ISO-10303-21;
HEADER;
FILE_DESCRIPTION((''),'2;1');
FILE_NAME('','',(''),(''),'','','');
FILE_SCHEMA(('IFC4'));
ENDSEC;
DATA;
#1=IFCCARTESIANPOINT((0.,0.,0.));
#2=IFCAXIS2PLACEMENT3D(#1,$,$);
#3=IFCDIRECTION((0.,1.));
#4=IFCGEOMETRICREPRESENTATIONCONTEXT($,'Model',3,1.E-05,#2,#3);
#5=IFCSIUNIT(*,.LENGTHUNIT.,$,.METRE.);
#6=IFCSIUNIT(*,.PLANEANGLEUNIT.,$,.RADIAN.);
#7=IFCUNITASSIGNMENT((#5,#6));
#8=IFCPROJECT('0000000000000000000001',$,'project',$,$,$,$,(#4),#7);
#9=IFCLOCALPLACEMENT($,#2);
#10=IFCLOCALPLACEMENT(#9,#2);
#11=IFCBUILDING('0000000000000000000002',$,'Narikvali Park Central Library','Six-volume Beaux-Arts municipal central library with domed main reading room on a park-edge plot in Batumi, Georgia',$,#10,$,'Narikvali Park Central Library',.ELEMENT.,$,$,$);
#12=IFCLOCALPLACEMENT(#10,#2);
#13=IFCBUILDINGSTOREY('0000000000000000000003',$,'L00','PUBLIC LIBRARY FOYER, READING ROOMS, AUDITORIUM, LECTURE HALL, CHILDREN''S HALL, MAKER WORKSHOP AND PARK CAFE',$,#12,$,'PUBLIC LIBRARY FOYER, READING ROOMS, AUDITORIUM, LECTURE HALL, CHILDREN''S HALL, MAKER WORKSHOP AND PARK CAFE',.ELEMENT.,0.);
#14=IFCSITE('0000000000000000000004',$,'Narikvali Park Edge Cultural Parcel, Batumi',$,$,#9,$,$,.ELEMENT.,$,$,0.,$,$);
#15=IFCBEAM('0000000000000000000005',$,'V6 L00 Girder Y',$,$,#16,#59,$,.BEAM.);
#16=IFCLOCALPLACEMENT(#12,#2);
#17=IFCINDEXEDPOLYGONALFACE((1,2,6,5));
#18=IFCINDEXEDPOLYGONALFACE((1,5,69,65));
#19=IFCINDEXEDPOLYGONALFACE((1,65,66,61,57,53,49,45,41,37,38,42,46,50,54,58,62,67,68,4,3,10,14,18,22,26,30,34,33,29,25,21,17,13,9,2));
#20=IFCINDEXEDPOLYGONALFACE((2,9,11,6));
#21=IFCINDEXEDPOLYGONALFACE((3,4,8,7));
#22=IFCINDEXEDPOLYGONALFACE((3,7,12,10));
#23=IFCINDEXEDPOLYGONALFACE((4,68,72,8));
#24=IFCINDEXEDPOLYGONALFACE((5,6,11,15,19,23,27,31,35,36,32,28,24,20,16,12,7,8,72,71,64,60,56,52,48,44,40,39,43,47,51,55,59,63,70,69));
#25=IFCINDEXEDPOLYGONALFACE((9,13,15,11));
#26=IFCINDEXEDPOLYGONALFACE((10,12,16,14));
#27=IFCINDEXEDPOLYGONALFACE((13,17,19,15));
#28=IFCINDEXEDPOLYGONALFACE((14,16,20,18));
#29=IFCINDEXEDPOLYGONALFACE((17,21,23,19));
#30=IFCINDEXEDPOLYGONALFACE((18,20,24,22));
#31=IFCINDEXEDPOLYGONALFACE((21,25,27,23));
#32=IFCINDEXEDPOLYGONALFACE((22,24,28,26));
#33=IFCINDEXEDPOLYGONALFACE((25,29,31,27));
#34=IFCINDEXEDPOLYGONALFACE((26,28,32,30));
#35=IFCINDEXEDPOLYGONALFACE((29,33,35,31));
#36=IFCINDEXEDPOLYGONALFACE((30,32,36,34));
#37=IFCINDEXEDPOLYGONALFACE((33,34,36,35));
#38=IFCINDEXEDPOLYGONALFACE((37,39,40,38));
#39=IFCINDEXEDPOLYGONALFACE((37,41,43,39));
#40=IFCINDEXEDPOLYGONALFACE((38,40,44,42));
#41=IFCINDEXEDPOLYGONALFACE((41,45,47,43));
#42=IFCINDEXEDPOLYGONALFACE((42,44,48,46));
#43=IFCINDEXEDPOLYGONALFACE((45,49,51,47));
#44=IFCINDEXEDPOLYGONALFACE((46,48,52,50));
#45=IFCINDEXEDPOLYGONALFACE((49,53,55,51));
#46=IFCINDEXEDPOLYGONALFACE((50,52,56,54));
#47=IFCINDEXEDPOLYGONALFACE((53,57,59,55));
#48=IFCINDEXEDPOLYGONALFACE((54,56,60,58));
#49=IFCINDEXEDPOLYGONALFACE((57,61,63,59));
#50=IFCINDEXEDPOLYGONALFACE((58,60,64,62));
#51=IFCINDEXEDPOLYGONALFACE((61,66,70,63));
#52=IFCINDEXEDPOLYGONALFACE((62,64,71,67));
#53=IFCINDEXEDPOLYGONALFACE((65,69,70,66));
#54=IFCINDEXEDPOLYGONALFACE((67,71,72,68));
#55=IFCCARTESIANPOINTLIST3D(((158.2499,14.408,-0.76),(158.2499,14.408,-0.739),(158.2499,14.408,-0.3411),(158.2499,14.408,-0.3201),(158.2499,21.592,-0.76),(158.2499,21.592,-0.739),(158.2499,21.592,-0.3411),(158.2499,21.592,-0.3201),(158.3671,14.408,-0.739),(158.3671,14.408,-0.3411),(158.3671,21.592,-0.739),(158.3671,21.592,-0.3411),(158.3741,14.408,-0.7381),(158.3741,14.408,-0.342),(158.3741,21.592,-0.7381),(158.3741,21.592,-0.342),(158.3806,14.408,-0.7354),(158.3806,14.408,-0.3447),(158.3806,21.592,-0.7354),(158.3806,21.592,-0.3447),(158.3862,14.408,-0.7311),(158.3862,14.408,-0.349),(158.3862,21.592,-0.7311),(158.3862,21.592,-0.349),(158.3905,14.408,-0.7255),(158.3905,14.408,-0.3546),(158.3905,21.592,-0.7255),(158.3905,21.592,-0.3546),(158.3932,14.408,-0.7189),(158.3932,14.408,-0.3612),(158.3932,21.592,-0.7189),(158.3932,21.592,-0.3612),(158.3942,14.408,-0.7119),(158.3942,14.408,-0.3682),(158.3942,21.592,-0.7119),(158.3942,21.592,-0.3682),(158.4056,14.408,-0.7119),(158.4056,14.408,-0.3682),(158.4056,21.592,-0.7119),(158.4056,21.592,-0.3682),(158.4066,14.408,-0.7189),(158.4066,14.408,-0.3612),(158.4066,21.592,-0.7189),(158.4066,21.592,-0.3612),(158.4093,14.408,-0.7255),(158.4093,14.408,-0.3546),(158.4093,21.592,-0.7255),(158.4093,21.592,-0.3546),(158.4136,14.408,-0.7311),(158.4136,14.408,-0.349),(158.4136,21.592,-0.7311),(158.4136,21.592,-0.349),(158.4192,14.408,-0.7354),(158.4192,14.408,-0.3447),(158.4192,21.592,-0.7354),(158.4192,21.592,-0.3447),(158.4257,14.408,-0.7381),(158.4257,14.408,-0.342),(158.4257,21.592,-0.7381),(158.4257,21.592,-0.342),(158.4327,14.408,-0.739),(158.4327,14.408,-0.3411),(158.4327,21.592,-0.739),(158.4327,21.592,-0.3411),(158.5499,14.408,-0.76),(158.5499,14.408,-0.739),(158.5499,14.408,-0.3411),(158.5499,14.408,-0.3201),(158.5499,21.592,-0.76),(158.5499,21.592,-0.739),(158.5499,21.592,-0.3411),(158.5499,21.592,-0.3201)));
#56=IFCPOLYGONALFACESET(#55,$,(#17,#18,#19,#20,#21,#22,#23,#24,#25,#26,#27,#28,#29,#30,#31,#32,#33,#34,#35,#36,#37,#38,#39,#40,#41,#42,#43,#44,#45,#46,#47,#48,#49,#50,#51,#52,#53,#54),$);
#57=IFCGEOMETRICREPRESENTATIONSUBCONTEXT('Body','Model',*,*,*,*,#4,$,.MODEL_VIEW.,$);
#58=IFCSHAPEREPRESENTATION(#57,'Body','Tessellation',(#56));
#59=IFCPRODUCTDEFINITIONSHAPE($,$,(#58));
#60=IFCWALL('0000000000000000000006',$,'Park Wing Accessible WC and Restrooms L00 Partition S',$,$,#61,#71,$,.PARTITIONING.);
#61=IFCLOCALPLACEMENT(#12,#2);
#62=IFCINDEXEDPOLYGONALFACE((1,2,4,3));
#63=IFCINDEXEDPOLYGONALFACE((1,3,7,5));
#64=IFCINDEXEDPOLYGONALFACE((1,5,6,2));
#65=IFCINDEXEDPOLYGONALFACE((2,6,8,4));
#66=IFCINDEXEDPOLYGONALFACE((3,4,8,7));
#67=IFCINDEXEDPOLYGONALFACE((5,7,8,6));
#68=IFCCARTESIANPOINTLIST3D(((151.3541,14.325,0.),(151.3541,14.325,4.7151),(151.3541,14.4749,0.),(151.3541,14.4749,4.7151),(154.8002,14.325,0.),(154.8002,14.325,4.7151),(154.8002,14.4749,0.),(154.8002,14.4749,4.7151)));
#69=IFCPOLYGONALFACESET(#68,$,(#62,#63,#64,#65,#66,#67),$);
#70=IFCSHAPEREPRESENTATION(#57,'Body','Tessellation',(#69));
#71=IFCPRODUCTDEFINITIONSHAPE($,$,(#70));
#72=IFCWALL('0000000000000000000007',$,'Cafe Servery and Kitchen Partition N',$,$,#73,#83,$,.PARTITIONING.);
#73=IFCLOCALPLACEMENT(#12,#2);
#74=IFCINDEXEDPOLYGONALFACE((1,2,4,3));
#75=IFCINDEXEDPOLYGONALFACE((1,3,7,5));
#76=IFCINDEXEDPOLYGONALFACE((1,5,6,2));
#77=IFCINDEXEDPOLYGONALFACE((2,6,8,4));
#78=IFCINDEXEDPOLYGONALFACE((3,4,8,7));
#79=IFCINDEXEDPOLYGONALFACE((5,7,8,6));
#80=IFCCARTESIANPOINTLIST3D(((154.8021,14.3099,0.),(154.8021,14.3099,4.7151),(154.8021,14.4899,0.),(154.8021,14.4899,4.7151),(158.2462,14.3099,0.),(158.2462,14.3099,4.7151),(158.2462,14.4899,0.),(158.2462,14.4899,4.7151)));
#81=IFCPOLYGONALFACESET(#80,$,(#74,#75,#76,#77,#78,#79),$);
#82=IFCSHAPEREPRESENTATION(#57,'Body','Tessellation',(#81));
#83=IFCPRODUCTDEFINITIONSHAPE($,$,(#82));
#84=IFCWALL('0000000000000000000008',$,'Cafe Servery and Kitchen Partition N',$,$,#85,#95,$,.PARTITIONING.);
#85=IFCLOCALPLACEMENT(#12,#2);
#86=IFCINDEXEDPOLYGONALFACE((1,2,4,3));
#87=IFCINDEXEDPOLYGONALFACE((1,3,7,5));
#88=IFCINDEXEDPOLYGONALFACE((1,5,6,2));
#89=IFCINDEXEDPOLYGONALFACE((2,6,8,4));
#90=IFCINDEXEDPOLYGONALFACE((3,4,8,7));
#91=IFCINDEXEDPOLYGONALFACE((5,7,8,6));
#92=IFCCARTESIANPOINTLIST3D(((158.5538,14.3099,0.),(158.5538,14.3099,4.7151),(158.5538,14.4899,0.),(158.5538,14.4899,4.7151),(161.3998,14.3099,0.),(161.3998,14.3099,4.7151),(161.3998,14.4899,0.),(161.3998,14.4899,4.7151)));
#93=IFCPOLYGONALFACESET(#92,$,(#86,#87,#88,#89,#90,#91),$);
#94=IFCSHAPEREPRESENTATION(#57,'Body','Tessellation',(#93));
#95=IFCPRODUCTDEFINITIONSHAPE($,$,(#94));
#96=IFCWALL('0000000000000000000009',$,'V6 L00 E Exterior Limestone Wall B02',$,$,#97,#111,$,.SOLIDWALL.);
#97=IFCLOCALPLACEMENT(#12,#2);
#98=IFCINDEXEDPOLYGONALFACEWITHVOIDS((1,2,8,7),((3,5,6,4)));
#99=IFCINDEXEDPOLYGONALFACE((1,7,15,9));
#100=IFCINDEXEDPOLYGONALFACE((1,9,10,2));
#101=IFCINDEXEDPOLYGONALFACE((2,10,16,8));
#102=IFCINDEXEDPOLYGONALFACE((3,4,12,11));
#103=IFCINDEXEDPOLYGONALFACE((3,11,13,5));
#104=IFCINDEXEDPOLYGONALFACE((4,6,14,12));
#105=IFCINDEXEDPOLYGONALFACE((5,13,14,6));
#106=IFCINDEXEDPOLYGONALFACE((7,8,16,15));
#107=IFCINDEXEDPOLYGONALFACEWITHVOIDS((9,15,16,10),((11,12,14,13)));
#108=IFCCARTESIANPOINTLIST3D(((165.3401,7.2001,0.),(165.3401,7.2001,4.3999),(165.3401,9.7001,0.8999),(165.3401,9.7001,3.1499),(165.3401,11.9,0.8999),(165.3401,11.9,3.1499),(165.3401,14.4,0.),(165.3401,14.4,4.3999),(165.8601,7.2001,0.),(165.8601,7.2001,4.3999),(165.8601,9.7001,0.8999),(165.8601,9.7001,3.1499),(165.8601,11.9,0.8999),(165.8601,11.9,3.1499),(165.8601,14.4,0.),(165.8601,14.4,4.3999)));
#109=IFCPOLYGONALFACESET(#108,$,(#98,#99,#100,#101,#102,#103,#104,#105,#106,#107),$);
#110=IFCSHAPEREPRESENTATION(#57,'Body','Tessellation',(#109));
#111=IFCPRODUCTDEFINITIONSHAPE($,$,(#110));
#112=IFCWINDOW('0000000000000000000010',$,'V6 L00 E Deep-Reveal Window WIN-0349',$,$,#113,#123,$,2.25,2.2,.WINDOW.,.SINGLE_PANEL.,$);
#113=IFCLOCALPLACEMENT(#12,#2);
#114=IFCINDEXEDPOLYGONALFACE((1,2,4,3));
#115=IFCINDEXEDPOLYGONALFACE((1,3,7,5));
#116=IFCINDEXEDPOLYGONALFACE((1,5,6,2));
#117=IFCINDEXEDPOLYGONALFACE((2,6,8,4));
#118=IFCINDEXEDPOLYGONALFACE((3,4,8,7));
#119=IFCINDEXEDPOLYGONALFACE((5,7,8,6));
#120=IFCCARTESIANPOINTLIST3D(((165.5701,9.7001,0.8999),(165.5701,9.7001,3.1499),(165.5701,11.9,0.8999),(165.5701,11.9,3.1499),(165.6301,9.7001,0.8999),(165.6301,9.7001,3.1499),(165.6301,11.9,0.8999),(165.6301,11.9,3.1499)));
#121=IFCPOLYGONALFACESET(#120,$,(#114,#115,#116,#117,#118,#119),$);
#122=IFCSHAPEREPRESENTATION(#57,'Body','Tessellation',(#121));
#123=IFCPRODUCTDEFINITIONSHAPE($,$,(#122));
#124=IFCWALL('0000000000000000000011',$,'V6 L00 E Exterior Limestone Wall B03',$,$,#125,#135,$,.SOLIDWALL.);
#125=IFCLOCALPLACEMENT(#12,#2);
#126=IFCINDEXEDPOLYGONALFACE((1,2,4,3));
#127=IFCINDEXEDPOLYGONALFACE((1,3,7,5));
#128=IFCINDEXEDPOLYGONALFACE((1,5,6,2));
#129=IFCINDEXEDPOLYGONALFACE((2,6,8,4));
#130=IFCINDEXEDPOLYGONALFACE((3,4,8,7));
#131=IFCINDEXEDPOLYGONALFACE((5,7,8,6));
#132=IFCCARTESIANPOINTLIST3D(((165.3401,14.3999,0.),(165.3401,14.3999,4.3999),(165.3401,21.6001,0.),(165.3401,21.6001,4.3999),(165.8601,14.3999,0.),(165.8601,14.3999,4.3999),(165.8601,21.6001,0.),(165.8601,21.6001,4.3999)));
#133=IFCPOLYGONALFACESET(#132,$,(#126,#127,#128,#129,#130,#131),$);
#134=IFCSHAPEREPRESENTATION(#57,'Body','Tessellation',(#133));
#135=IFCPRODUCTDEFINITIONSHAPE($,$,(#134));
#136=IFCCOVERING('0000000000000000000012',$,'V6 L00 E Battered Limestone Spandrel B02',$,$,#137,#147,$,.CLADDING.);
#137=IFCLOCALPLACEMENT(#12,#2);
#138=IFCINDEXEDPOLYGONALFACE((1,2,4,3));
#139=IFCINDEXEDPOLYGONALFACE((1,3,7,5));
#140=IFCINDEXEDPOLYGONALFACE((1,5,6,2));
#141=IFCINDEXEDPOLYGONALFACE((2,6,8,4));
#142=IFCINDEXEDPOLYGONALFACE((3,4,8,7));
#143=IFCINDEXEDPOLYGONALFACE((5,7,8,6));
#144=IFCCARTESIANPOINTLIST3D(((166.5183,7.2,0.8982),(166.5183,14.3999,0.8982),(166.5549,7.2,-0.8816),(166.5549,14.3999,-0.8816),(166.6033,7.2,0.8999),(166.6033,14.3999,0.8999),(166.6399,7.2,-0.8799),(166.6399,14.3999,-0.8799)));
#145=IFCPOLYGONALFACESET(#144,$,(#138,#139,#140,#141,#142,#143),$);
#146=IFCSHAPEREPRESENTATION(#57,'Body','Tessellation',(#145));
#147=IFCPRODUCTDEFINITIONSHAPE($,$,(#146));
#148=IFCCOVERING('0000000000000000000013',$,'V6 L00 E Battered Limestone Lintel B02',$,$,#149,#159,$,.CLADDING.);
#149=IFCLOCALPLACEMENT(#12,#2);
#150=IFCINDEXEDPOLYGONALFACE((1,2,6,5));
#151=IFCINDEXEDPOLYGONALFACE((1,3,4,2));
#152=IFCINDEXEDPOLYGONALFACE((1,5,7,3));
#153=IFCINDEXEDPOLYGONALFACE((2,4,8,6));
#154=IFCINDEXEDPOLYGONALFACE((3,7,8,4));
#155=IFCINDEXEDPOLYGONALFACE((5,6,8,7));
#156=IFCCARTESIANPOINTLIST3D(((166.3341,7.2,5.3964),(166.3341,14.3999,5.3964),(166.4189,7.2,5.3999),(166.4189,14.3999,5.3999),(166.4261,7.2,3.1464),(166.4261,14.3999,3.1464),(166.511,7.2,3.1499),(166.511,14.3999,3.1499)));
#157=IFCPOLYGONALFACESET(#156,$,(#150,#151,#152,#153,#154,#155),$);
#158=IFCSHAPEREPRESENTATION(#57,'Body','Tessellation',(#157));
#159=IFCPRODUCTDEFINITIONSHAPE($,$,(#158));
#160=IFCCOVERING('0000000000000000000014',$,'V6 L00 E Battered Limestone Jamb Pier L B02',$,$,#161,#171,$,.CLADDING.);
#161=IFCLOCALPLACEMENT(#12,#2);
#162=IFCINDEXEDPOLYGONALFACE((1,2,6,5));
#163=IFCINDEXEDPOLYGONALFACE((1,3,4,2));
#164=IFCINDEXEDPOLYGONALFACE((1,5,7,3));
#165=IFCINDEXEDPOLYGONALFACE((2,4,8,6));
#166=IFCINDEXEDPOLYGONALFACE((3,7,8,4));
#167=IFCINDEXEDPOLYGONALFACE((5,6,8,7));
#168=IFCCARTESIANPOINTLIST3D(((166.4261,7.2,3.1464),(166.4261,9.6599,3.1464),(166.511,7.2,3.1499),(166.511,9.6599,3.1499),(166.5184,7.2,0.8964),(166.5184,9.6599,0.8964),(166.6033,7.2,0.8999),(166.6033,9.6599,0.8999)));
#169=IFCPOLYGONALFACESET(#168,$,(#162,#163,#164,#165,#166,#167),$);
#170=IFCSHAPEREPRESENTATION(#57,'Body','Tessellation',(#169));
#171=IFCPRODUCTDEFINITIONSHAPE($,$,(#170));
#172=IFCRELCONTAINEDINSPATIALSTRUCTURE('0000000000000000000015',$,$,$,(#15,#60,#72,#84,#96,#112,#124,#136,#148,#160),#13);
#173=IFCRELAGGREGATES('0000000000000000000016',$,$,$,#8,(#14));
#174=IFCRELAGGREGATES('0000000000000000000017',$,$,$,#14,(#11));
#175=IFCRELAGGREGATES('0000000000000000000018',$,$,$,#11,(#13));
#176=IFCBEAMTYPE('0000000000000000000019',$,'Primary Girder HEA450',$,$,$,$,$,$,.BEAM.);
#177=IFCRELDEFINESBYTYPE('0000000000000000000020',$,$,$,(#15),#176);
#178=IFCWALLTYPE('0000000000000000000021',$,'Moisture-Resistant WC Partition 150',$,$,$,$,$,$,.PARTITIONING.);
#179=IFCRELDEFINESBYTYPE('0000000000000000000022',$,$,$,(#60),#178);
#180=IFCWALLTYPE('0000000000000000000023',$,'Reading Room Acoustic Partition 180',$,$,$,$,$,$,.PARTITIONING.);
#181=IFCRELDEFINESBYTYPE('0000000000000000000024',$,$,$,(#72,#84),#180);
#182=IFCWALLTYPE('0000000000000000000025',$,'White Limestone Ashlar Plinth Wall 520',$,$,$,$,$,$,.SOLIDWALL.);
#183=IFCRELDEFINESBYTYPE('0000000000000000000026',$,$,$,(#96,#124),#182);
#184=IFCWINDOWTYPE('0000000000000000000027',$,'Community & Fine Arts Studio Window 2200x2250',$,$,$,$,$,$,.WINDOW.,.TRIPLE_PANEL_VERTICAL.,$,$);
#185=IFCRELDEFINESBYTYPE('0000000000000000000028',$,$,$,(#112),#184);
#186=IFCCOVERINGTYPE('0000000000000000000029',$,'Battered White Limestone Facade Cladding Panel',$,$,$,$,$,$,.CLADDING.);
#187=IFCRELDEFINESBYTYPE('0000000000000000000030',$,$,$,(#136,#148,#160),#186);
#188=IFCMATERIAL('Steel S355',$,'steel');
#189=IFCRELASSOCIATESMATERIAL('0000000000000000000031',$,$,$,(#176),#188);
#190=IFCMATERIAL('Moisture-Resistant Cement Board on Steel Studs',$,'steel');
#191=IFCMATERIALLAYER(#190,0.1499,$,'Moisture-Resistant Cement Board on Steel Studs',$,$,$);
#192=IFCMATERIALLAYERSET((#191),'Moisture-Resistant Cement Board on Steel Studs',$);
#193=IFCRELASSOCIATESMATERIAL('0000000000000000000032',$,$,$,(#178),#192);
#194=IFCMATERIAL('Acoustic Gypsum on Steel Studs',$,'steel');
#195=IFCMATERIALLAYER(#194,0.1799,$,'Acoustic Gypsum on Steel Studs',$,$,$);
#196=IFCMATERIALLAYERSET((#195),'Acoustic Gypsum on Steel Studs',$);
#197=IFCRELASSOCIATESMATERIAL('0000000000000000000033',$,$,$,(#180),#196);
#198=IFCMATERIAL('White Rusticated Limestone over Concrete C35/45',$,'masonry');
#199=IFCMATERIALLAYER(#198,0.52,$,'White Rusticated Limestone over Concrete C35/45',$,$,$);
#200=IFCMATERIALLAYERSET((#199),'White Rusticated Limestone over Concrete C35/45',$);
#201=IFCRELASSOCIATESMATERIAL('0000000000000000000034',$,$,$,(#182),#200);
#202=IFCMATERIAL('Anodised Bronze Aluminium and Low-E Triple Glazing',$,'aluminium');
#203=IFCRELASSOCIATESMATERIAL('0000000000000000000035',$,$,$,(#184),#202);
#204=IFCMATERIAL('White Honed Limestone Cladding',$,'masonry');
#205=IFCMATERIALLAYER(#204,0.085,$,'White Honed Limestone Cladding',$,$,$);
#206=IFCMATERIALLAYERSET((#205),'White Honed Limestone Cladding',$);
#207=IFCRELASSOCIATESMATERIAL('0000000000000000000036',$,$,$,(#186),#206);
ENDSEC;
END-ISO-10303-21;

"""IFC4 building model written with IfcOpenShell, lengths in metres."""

from ifc_helpers import new_model, si_unit, direction, frame, frame_2d, origin, origin_2d, place, context, subcontext, project, spatial, polyline, rectangle, i_section, outline, extrude, material, layer, layer_set, material_profile, profile_set, type_object, element, fill, save


model = new_model("IFC4")

# Units and contexts
model_context = context("Model", 3, precision=1e-05, world=origin(), true_north=direction((0.0, 1.0)))
body_context = subcontext(model_context, "Body", "Model", "MODEL_VIEW")
ifc_project = project(units=[si_unit("LENGTHUNIT", "METRE"), si_unit("PLANEANGLEUNIT", "RADIAN")], contexts=[model_context])

# Site, building, storey
site_placement = place(None, origin())
site = spatial("IfcSite", under=ifc_project, at=site_placement, Name="Narikvali Park Edge Cultural Parcel, Batumi", CompositionType="ELEMENT", RefElevation=0.0)
building_placement = place(site_placement, origin())
building = spatial("IfcBuilding", under=site, at=building_placement, Name="Narikvali Park Central Library", Description="Six-volume Beaux-Arts municipal central library with domed main reading room on a park-edge plot in Batumi, Georgia", LongName="Narikvali Park Central Library", CompositionType="ELEMENT")
storey_placement = place(building_placement, origin())
storey = spatial("IfcBuildingStorey", under=building, at=storey_placement, Name="L00", Description="PUBLIC LIBRARY FOYER, READING ROOMS, AUDITORIUM, LECTURE HALL, CHILDREN'S HALL, MAKER WORKSHOP AND PARK CAFE", LongName="PUBLIC LIBRARY FOYER, READING ROOMS, AUDITORIUM, LECTURE HALL, CHILDREN'S HALL, MAKER WORKSHOP AND PARK CAFE", CompositionType="ELEMENT", Elevation=0.0)

# Shared definitions
ifc_material_1 = material(Name="Steel S355", Category="steel")

# Beam
ifc_material_profile_1 = material_profile(ifc_material_1, i_section(OverallWidth=0.3, OverallDepth=0.4399, WebThickness=0.0115, FlangeThickness=0.021, FilletRadius=0.0271, at=origin_2d()), Name="HEA 450")
ifc_profile_set_1 = profile_set([ifc_material_profile_1], Name="Steel S355")
beam_type_1 = type_object("IfcBeamType", Name="Primary Girder HEA450", PredefinedType="BEAM", material=ifc_profile_set_1)
for number, where, z_axis, x_axis, name in (
    (1, (158.3999, 14.408, -0.54), (0.0, 1.0, 0.0), (-1.0, 0.0, 0.0), "V6 L00 Girder Y"),
):
    element("IfcBeam", number, at=place(storey_placement, frame(where, z_axis=z_axis, x_axis=x_axis)), inside=storey, type_object=beam_type_1, Name=name, PredefinedType="BEAM", context=body_context, shape_type="SweptSolid", body=[
        extrude(i_section(OverallWidth=0.3, OverallDepth=0.4399, WebThickness=0.0115, FlangeThickness=0.021, FilletRadius=0.0271, at=origin_2d()), origin(), (0.0, 0.0, 1.0), 7.1841),
    ])

# Walls
ifc_material_2 = material(Name="Moisture-Resistant Cement Board on Steel Studs", Category="steel")
ifc_layer_1 = layer(ifc_material_2, 0.1499, Name="Moisture-Resistant Cement Board on Steel Studs")
ifc_layer_set_1 = layer_set([ifc_layer_1], Name="Moisture-Resistant Cement Board on Steel Studs")
wall_type_1 = type_object("IfcWallType", Name="Moisture-Resistant WC Partition 150", PredefinedType="PARTITIONING", material=ifc_layer_set_1)
wall_1_placement = place(storey_placement, frame((151.354, 14.3999, 0.0), z_axis=(0.0, 0.0, 1.0), x_axis=(1.0, 0.0, 0.0)))
element("IfcWall", 2, at=wall_1_placement, inside=storey, type_object=wall_type_1, Name="Park Wing Accessible WC and Restrooms L00 Partition S", PredefinedType="PARTITIONING", context=body_context, shape_type="SweptSolid", body=[
    extrude(rectangle(XDim=3.446, YDim=0.1499, at=frame_2d((1.7231, 0.0))), origin(), (0.0, 0.0, 1.0), 4.7151),
])
ifc_material_3 = material(Name="Acoustic Gypsum on Steel Studs", Category="steel")
ifc_layer_2 = layer(ifc_material_3, 0.1799, Name="Acoustic Gypsum on Steel Studs")
ifc_layer_set_2 = layer_set([ifc_layer_2], Name="Acoustic Gypsum on Steel Studs")
wall_type_2 = type_object("IfcWallType", Name="Reading Room Acoustic Partition 180", PredefinedType="PARTITIONING", material=ifc_layer_set_2)
wall_2_placement = place(storey_placement, frame((154.802, 14.3999, 0.0), z_axis=(0.0, 0.0, 1.0), x_axis=(1.0, 0.0, 0.0)))
element("IfcWall", 3, at=wall_2_placement, inside=storey, type_object=wall_type_2, Name="Cafe Servery and Kitchen Partition N", PredefinedType="PARTITIONING", context=body_context, shape_type="SweptSolid", body=[
    extrude(rectangle(XDim=3.4441, YDim=0.1799, at=frame_2d((1.7222, 0.0))), origin(), (0.0, 0.0, 1.0), 4.7151),
])
wall_3_placement = place(storey_placement, frame((158.554, 14.3999, 0.0), z_axis=(0.0, 0.0, 1.0), x_axis=(1.0, 0.0, 0.0)))
element("IfcWall", 4, at=wall_3_placement, inside=storey, type_object=wall_type_2, Name="Cafe Servery and Kitchen Partition N", PredefinedType="PARTITIONING", context=body_context, shape_type="SweptSolid", body=[
    extrude(rectangle(XDim=2.8459, YDim=0.1799, at=frame_2d((1.4229, 0.0))), origin(), (0.0, 0.0, 1.0), 4.7151),
])

# Wall, opening, window
ifc_material_4 = material(Name="White Rusticated Limestone over Concrete C35/45", Category="masonry")
ifc_layer_3 = layer(ifc_material_4, 0.52, Name="White Rusticated Limestone over Concrete C35/45")
ifc_layer_set_3 = layer_set([ifc_layer_3], Name="White Rusticated Limestone over Concrete C35/45")
wall_type_3 = type_object("IfcWallType", Name="White Limestone Ashlar Plinth Wall 520", PredefinedType="SOLIDWALL", material=ifc_layer_set_3)
wall_4_placement = place(storey_placement, frame((165.6001, 7.2, 0.0), z_axis=(0.0, 0.0, 1.0), x_axis=(0.0, 1.0, 0.0)))
wall_4 = element("IfcWall", 5, at=wall_4_placement, inside=storey, type_object=wall_type_3, Name="V6 L00 E Exterior Limestone Wall B02", PredefinedType="SOLIDWALL", context=body_context, shape_type="SweptSolid", body=[
    extrude(rectangle(XDim=7.2, YDim=0.52, at=frame_2d((3.6001, 0.0))), origin(), (0.0, 0.0, 1.0), 4.3999),
])
opening_placement = place(wall_4_placement, frame((2.5, 0.0, 0.8999)))
opening = element("IfcOpeningElement", 6, at=opening_placement, cuts=wall_4, PredefinedType="OPENING", context=body_context, shape_type="SweptSolid", body=[
    extrude(rectangle(XDim=2.2, YDim=2.25, at=frame_2d((1.1001, 1.125))), frame((0.0, 0.272, 0.0), z_axis=(0.0, -1.0, 0.0), x_axis=(1.0, 0.0, 0.0)), (0.0, 0.0, 1.0), 0.5439),
])
ifc_material_5 = material(Name="Anodised Bronze Aluminium and Low-E Triple Glazing", Category="aluminium")
window_type = type_object("IfcWindowType", Name="Community & Fine Arts Studio Window 2200x2250", PartitioningType="TRIPLE_PANEL_VERTICAL", PredefinedType="WINDOW", material=ifc_material_5)
window_placement = place(opening_placement, origin())
window = element("IfcWindow", 7, at=window_placement, inside=storey, type_object=window_type, Name="V6 L00 E Deep-Reveal Window WIN-0349", OverallHeight=2.25, OverallWidth=2.2, PartitioningType="SINGLE_PANEL", PredefinedType="WINDOW", context=body_context, shape_type="SweptSolid", body=[
    extrude(rectangle(XDim=2.2, YDim=2.25, at=frame_2d((1.1001, 1.125))), frame((0.0, 0.03, 0.0), z_axis=(0.0, -1.0, 0.0), x_axis=(1.0, 0.0, 0.0)), (0.0, 0.0, 1.0), 0.0601),
])
fill(opening, window)

# Wall
wall_5_placement = place(storey_placement, frame((165.6001, 14.3999, 0.0), z_axis=(0.0, 0.0, 1.0), x_axis=(0.0, 1.0, 0.0)))
element("IfcWall", 8, at=wall_5_placement, inside=storey, type_object=wall_type_3, Name="V6 L00 E Exterior Limestone Wall B03", PredefinedType="SOLIDWALL", context=body_context, shape_type="SweptSolid", body=[
    extrude(rectangle(XDim=7.2002, YDim=0.52, at=frame_2d((3.6001, 0.0))), origin(), (0.0, 0.0, 1.0), 4.3999),
])

# Coverings
ifc_material_6 = material(Name="White Honed Limestone Cladding", Category="masonry")
ifc_layer_4 = layer(ifc_material_6, 0.085, Name="White Honed Limestone Cladding")
ifc_layer_set_4 = layer_set([ifc_layer_4], Name="White Honed Limestone Cladding")
covering_type = type_object("IfcCoveringType", Name="Battered White Limestone Facade Cladding Panel", PredefinedType="CLADDING", material=ifc_layer_set_4)
covering_1_placement = place(storey_placement, frame((166.6399, 7.2, -0.8799), z_axis=(0.999788, 0.0, 0.020572), x_axis=(0.0, 1.0, 0.0)))
element("IfcCovering", 9, at=covering_1_placement, inside=storey, type_object=covering_type, Name="V6 L00 E Battered Limestone Spandrel B02", PredefinedType="CLADDING", context=body_context, shape_type="SweptSolid", body=[
    extrude(outline(polyline([(0.0, 0.0), (7.2, 0.0), (7.2, 1.7802), (0.0, 1.7802), (0.0, 0.0)])), origin(), (0.0, 0.0, -1.0), 0.085),
])
covering_2_placement = place(storey_placement, frame((166.511, 7.2, 3.1499), z_axis=(0.999164, 0.0, 0.040873), x_axis=(0.0, 1.0, 0.0)))
element("IfcCovering", 10, at=covering_2_placement, inside=storey, type_object=covering_type, Name="V6 L00 E Battered Limestone Lintel B02", PredefinedType="CLADDING", context=body_context, shape_type="SweptSolid", body=[
    extrude(outline(polyline([(0.0, 0.0), (7.2, 0.0), (7.2, 2.2519), (0.0, 2.2519), (0.0, 0.0)])), origin(), (0.0, 0.0, -1.0), 0.085),
])
for number, where, z_axis, x_axis, name in (
    (11, (166.6033, 7.2, 0.8999), (0.99916, 0.0, 0.040981), (0.0, 1.0, 0.0), "V6 L00 E Battered Limestone Jamb Pier L B02"),
):
    element("IfcCovering", number, at=place(storey_placement, frame(where, z_axis=z_axis, x_axis=x_axis)), inside=storey, type_object=covering_type, Name=name, PredefinedType="CLADDING", context=body_context, shape_type="SweptSolid", body=[
        extrude(outline(polyline([(0.0, 0.0), (2.46, 0.0), (2.46, 2.2519), (0.0, 2.2519), (0.0, 0.0)])), origin(), (0.0, 0.0, -1.0), 0.085),
    ])

save(model, "model.ifc")
